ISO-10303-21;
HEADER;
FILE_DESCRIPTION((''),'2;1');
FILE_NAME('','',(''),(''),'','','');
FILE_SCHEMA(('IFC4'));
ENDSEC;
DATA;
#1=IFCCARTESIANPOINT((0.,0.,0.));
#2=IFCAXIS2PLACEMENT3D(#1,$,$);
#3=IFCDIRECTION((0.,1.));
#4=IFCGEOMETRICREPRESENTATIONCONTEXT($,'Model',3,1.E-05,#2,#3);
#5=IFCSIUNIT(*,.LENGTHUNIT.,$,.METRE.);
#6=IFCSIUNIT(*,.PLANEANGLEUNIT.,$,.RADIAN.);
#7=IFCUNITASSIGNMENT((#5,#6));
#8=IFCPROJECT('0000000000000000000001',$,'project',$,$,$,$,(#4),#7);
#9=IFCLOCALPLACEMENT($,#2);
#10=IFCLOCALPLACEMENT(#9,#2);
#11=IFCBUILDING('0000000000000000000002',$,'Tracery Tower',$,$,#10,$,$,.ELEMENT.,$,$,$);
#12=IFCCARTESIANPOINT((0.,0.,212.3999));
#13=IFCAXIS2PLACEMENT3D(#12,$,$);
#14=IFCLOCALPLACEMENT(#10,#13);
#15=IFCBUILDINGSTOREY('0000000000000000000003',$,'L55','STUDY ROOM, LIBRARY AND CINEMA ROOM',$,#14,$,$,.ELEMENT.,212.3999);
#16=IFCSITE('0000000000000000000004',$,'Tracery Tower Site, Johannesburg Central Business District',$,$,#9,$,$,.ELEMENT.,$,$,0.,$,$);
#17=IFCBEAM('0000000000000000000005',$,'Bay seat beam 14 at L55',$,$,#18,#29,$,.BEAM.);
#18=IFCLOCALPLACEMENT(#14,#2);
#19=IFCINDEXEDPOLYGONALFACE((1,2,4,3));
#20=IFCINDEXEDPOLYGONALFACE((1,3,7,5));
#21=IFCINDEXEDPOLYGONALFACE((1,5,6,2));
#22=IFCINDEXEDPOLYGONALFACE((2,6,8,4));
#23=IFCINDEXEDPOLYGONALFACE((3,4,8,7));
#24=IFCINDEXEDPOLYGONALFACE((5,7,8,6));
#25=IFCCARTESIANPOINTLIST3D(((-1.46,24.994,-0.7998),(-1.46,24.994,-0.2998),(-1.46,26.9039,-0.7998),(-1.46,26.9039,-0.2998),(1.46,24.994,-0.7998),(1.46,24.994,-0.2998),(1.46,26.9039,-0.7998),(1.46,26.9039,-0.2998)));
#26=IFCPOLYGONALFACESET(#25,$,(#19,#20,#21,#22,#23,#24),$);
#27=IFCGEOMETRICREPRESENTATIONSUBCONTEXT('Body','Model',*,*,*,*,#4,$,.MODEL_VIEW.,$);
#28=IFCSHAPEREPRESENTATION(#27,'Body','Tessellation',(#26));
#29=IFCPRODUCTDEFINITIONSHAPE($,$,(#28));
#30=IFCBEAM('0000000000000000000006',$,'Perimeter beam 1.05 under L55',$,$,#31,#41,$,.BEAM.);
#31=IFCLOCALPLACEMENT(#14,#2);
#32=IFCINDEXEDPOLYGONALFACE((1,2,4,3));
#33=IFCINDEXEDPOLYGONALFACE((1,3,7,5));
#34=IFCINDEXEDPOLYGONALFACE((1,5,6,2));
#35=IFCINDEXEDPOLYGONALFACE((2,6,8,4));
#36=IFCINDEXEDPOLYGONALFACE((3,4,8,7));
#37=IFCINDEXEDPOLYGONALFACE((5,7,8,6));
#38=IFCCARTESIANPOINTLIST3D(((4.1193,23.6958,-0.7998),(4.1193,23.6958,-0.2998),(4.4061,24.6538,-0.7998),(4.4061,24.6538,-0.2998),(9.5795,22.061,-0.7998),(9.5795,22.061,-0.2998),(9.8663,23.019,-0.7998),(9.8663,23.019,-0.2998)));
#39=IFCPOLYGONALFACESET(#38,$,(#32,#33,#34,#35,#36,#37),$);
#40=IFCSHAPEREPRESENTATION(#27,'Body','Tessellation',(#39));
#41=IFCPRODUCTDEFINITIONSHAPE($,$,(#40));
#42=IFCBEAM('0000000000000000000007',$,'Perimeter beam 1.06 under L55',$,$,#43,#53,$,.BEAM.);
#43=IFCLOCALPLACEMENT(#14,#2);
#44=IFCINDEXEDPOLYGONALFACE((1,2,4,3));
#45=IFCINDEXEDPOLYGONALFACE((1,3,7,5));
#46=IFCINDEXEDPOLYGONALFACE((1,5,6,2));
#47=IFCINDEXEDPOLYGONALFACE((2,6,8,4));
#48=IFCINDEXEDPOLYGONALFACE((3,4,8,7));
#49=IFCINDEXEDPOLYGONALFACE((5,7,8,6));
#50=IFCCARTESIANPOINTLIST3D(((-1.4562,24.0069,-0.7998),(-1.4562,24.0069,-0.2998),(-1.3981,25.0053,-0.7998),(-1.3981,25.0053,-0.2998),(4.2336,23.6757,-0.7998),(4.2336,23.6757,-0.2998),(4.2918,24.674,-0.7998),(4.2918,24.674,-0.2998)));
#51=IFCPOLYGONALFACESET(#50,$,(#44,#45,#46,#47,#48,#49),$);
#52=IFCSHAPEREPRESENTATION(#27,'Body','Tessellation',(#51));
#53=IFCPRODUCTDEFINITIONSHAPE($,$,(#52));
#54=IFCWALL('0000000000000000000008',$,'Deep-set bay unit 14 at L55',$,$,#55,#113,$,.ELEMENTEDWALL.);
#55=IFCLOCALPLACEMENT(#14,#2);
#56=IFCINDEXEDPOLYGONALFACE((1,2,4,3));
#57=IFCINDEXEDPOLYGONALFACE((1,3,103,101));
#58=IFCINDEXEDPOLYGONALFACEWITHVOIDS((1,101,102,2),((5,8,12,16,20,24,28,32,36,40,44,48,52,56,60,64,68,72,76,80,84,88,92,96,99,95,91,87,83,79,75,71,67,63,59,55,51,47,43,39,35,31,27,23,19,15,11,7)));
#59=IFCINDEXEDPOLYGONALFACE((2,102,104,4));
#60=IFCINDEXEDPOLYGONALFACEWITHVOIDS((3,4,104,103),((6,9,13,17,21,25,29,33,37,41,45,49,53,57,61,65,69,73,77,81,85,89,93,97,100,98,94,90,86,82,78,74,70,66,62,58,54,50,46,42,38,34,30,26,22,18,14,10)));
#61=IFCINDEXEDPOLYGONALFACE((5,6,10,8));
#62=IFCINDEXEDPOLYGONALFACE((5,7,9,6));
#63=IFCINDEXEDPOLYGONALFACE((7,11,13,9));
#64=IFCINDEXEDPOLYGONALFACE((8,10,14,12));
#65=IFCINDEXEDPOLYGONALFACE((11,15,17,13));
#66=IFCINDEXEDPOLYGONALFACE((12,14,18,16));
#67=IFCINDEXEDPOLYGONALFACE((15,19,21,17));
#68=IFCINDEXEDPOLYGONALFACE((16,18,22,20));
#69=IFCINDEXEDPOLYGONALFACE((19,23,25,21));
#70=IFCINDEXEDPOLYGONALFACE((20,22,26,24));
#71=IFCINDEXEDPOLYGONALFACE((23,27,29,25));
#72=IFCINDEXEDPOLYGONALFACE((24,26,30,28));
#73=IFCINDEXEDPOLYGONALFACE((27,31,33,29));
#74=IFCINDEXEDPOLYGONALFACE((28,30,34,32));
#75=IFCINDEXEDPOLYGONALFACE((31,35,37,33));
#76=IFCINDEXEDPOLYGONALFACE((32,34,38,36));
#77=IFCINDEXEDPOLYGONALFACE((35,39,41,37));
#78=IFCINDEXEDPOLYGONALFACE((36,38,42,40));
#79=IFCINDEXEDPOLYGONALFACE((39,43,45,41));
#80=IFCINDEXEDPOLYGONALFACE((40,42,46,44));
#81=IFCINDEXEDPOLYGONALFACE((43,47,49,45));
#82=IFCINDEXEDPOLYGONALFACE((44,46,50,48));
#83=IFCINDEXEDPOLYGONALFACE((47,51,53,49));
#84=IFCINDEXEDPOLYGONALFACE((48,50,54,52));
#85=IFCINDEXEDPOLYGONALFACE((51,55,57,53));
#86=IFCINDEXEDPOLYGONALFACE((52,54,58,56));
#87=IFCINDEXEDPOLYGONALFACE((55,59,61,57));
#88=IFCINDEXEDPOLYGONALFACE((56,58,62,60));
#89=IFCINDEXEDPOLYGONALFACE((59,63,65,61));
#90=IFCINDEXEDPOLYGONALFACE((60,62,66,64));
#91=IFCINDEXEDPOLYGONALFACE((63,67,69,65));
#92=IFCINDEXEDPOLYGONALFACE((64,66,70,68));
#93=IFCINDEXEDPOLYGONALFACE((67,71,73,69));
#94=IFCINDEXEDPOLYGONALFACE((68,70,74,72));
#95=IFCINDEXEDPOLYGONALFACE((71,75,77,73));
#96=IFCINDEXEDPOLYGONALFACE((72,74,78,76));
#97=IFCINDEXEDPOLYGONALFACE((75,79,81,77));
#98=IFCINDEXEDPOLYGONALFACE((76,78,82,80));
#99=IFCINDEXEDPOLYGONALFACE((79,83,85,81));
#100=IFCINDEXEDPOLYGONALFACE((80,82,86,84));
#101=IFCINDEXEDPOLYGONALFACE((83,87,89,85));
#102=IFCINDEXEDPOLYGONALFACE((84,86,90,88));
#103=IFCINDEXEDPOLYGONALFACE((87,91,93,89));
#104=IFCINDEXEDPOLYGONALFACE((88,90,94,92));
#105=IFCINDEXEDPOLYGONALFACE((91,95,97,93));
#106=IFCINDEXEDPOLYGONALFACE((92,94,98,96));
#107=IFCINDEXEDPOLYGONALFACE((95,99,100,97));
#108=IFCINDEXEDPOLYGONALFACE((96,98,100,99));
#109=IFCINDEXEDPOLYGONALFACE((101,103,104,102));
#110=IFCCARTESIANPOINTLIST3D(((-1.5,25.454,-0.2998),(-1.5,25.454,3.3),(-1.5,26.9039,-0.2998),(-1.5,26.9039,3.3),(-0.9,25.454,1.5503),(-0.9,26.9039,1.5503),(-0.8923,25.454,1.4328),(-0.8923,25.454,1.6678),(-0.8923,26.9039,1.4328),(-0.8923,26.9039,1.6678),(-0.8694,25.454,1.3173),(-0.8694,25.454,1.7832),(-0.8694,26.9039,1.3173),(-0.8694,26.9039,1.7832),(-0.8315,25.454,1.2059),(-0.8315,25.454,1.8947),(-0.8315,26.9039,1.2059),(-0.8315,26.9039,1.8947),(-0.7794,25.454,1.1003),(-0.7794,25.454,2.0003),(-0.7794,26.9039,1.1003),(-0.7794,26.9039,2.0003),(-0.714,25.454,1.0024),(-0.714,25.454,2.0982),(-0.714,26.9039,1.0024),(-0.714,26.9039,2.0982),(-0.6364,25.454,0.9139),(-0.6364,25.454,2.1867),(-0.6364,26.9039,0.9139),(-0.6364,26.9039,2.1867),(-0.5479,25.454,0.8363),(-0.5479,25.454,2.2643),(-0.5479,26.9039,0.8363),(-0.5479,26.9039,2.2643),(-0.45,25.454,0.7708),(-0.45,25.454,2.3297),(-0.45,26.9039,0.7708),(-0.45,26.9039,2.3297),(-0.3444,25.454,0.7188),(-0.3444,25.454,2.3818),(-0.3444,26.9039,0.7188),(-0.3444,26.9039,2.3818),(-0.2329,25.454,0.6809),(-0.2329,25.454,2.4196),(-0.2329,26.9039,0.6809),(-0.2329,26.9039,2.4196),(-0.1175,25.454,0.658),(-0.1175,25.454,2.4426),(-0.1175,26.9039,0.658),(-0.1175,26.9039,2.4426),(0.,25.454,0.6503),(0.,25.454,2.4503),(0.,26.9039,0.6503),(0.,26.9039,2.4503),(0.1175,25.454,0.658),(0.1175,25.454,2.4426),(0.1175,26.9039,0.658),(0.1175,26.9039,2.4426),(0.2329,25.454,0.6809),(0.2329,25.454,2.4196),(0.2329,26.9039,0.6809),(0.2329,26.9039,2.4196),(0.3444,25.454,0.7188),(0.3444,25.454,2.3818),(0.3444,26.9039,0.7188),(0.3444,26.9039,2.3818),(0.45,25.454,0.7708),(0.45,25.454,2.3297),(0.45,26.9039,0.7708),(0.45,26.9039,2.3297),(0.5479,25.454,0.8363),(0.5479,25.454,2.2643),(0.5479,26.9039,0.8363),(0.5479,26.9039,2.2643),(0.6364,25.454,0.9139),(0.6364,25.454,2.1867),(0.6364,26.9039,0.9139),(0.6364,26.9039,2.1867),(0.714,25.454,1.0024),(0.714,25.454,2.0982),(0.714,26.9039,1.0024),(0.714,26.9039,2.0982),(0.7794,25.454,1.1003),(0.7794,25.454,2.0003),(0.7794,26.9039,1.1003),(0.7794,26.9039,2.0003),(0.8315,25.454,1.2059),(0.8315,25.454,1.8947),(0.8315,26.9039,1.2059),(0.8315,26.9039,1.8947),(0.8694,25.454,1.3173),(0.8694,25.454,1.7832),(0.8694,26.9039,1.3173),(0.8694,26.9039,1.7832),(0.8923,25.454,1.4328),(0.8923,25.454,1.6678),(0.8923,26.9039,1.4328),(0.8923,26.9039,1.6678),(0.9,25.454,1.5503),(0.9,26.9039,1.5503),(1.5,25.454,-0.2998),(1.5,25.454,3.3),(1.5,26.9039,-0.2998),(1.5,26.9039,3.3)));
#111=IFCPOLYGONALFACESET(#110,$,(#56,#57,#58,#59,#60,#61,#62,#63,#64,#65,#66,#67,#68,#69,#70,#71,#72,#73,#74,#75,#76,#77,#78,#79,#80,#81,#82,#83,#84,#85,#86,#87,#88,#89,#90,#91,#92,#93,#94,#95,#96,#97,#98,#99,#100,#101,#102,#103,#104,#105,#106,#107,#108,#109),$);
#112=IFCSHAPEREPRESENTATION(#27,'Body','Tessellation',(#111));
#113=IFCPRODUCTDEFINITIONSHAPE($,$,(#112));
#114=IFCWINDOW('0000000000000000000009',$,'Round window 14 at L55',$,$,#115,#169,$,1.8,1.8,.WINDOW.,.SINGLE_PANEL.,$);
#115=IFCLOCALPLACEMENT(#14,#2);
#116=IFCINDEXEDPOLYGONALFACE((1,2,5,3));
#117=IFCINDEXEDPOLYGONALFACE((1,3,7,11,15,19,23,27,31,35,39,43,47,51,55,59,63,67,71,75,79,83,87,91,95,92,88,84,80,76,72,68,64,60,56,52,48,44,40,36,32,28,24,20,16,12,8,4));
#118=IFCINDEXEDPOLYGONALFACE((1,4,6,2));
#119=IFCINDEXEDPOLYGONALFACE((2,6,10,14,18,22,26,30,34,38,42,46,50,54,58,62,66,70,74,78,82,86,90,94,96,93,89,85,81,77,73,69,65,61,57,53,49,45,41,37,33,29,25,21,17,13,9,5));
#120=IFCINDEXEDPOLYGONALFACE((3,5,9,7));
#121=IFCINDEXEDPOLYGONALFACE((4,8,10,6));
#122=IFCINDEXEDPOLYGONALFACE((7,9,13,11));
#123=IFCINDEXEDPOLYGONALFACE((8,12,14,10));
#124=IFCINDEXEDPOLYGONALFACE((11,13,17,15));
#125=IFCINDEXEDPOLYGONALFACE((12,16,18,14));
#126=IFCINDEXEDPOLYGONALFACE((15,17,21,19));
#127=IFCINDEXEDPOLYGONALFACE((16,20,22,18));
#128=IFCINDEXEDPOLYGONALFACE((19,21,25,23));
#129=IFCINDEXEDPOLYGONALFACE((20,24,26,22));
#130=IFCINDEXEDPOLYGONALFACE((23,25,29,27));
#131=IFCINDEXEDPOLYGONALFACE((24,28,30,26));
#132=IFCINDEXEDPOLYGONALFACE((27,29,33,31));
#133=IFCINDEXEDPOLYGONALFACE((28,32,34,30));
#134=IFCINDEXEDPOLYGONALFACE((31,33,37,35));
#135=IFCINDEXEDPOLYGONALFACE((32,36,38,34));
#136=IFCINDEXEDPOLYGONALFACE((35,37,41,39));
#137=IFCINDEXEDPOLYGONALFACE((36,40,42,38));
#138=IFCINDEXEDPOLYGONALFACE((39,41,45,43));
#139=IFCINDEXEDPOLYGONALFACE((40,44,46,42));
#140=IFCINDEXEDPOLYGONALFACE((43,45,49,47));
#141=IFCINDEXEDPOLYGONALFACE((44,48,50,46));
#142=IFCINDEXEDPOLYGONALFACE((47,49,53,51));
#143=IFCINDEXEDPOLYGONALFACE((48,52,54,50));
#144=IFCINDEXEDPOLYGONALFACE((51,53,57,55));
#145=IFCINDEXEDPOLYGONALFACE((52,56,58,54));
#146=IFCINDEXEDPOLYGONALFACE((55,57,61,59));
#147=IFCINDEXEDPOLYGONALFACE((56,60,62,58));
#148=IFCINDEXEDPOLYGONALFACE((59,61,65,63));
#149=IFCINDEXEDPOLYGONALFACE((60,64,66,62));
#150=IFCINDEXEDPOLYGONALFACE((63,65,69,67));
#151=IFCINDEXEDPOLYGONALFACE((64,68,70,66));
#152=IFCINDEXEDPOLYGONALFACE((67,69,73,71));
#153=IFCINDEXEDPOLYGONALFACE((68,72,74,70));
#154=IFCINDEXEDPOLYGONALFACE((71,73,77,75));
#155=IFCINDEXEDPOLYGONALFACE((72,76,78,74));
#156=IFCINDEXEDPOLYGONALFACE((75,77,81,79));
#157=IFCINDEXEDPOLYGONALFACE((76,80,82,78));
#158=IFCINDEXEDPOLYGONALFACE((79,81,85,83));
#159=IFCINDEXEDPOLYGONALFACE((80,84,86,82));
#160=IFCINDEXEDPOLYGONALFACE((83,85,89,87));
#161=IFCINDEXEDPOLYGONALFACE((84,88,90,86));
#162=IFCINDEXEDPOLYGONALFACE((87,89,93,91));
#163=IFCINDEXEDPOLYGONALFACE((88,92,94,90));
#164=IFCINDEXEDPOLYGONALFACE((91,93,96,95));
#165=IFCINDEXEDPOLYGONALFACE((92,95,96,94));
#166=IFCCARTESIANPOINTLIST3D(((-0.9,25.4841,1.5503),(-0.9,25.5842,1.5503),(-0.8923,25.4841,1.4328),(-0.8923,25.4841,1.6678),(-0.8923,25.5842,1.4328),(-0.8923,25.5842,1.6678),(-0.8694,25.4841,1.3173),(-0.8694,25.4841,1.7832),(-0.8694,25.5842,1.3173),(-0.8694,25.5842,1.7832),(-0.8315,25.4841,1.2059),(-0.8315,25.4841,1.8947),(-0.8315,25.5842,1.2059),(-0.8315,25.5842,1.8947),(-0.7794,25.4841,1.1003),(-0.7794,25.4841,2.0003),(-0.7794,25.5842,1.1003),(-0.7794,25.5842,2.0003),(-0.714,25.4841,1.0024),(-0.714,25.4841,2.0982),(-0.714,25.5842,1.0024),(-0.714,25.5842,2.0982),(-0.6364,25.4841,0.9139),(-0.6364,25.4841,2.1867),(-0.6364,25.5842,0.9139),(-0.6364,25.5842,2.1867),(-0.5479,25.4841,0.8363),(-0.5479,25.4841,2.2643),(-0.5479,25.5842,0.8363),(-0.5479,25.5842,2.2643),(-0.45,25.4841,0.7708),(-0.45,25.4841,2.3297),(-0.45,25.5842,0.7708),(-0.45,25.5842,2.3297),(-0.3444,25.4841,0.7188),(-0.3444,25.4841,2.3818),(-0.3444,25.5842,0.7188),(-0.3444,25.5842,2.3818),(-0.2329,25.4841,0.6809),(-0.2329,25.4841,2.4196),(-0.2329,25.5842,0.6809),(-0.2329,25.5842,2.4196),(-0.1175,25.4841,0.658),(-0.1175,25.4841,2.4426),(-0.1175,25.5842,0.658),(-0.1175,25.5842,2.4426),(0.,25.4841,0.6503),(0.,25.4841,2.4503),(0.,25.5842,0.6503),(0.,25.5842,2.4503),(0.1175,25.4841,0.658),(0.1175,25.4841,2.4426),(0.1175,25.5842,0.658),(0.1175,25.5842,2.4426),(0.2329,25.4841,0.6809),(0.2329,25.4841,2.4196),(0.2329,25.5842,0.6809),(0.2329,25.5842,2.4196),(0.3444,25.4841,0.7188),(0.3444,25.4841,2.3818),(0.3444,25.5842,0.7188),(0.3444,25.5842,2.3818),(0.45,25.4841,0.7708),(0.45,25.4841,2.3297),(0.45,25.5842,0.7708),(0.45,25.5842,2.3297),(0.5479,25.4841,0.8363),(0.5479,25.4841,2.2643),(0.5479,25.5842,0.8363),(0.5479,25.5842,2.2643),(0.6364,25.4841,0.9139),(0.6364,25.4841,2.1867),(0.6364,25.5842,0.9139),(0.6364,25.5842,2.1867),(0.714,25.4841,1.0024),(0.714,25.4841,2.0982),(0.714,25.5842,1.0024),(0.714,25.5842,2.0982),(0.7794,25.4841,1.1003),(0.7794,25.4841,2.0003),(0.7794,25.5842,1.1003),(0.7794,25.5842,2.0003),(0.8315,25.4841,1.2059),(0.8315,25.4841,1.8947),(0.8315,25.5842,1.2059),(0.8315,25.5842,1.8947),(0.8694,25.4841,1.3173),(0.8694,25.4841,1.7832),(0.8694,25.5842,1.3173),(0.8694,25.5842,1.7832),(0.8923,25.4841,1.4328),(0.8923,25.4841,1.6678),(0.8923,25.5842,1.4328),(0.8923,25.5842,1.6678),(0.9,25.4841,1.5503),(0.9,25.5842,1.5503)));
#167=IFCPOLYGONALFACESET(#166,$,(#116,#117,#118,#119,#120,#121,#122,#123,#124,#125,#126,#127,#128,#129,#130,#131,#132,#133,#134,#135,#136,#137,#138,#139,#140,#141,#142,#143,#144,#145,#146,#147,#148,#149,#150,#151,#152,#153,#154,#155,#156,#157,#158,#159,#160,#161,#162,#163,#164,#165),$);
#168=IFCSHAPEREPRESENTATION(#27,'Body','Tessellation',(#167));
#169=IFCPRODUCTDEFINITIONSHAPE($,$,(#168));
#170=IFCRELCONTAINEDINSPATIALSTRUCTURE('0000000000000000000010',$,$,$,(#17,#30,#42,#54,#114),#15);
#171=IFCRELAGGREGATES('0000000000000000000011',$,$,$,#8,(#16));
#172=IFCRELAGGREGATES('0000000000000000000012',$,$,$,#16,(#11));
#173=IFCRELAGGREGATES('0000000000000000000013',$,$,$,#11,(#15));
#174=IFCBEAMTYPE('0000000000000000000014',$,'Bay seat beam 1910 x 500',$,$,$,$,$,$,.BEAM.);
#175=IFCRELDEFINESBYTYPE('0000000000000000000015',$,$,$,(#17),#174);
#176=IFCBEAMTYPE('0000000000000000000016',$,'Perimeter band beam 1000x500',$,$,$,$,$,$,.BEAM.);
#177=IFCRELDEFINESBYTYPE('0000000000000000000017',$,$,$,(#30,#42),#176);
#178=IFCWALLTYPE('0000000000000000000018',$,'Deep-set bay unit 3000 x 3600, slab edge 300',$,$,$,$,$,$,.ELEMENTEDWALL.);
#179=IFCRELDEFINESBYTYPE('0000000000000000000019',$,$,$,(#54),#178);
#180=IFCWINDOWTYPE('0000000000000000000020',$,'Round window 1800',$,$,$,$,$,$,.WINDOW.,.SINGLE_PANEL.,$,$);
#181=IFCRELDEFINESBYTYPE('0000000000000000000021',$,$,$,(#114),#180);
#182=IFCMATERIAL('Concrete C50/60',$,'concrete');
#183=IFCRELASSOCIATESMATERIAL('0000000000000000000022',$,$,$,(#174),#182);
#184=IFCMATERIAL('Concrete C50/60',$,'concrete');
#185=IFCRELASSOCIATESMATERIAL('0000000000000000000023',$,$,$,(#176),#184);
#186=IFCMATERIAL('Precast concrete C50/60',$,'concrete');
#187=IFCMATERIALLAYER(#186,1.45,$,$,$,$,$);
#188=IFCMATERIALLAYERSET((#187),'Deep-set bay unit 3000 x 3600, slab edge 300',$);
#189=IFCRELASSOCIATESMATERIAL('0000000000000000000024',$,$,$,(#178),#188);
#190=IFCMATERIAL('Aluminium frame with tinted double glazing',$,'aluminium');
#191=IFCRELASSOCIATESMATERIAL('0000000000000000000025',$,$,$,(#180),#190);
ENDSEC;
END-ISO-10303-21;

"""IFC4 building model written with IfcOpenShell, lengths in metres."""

from ifc_helpers import new_model, si_unit, direction, frame, frame_2d, origin, origin_2d, place, context, subcontext, project, spatial, rectangle, circle, extrude, material, layer, layer_set, material_profile, profile_set, type_object, element, fill, save


model = new_model("IFC4")

# Units and contexts
model_context = context("Model", 3, precision=1e-05, world=origin(), true_north=direction((0.0, 1.0)))
body_context = subcontext(model_context, "Body", "Model", "MODEL_VIEW")
ifc_project = project(units=[si_unit("LENGTHUNIT", "METRE"), si_unit("PLANEANGLEUNIT", "RADIAN")], contexts=[model_context])

# Site, building, storey
site_placement = place(None, origin())
site = spatial("IfcSite", under=ifc_project, at=site_placement, Name="Tracery Tower Site, Johannesburg Central Business District", CompositionType="ELEMENT", RefElevation=0.0)
building_placement = place(site_placement, origin())
building = spatial("IfcBuilding", under=site, at=building_placement, Name="Tracery Tower", CompositionType="ELEMENT")
storey_placement = place(building_placement, frame((0.0, 0.0, 212.3999)))
storey = spatial("IfcBuildingStorey", under=building, at=storey_placement, Name="L55", Description="STUDY ROOM, LIBRARY AND CINEMA ROOM", CompositionType="ELEMENT", Elevation=212.3999)

# Beams
ifc_material_1 = material(Name="Concrete C50/60", Category="concrete")
ifc_material_profile_1 = material_profile(ifc_material_1, rectangle(XDim=1.9099, YDim=0.5, at=origin_2d()), Name="RC 1910x500")
ifc_profile_set_1 = profile_set([ifc_material_profile_1], Name="Concrete C50/60")
beam_type_1 = type_object("IfcBeamType", Name="Bay seat beam 1910 x 500", PredefinedType="BEAM", material=ifc_profile_set_1)
beam_1_placement = place(storey_placement, frame((1.46, 25.949, -0.5498), z_axis=(-1.0, 0.0, 0.0), x_axis=(0.0, -1.0, 0.0)))
element("IfcBeam", 1, at=beam_1_placement, inside=storey, type_object=beam_type_1, Name="Bay seat beam 14 at L55", PredefinedType="BEAM", context=body_context, shape_type="SweptSolid", body=[
    extrude(rectangle(XDim=1.9099, YDim=0.5, at=origin_2d()), origin(), (0.0, 0.0, 1.0), 2.9199),
])
ifc_material_2 = material(Name="Concrete C50/60", Category="concrete")
ifc_material_profile_2 = material_profile(ifc_material_2, rectangle(XDim=1.0, YDim=0.5, at=origin_2d()), Name="RC 1000x500")
ifc_profile_set_2 = profile_set([ifc_material_profile_2], Name="Concrete C50/60")
beam_type_2 = type_object("IfcBeamType", Name="Perimeter band beam 1000x500", PredefinedType="BEAM", material=ifc_profile_set_2)
beam_2_placement = place(storey_placement, frame((9.7229, 22.54, -0.5498), z_axis=(-0.957985, 0.286817, 0.0), x_axis=(-0.286817, -0.957985, 0.0)))
element("IfcBeam", 2, at=beam_2_placement, inside=storey, type_object=beam_type_2, Name="Perimeter beam 1.05 under L55", PredefinedType="BEAM", context=body_context, shape_type="SweptSolid", body=[
    extrude(rectangle(XDim=1.0, YDim=0.5, at=origin_2d()), origin(), (0.0, 0.0, 1.0), 5.6997),
])
beam_3_placement = place(storey_placement, frame((4.2627, 24.1748, -0.5498), z_axis=(-0.998309, 0.058127, 0.0), x_axis=(-0.058127, -0.998309, 0.0)))
element("IfcBeam", 3, at=beam_3_placement, inside=storey, type_object=beam_type_2, Name="Perimeter beam 1.06 under L55", PredefinedType="BEAM", context=body_context, shape_type="SweptSolid", body=[
    extrude(rectangle(XDim=1.0, YDim=0.5, at=origin_2d()), origin(), (0.0, 0.0, 1.0), 5.6995),
])

# Wall, opening, window
ifc_material_3 = material(Name="Precast concrete C50/60", Category="concrete")
ifc_layer_1 = layer(ifc_material_3, 1.45)
ifc_layer_set_1 = layer_set([ifc_layer_1], Name="Deep-set bay unit 3000 x 3600, slab edge 300")
wall_type_1 = type_object("IfcWallType", Name="Deep-set bay unit 3000 x 3600, slab edge 300", PredefinedType="ELEMENTEDWALL", material=ifc_layer_set_1)
wall_1_placement = place(storey_placement, frame((1.5, 26.179, -0.2998), z_axis=(0.0, 0.0, 1.0), x_axis=(-1.0, 0.0, 0.0)))
wall_1 = element("IfcWall", 4, at=wall_1_placement, inside=storey, type_object=wall_type_1, Name="Deep-set bay unit 14 at L55", PredefinedType="ELEMENTEDWALL", context=body_context, shape_type="SweptSolid", body=[
    extrude(rectangle(XDim=3.0, YDim=1.45, at=frame_2d((1.5, 0.0))), origin(), (0.0, 0.0, 1.0), 3.5999),
])
opening_1_placement = place(wall_1_placement, frame((1.5, 0.0, 1.8501)))
opening_1 = element("IfcOpeningElement", 5, at=opening_1_placement, cuts=wall_1, PredefinedType="OPENING", context=body_context, shape_type="SweptSolid", body=[
    extrude(circle(Radius=0.9, at=origin_2d()), frame((0.0, 0.7349, 0.0), z_axis=(0.0, -1.0, 0.0), x_axis=(1.0, 0.0, 0.0)), (0.0, 0.0, 1.0), 1.47),
])
ifc_material_4 = material(Name="Aluminium frame with tinted double glazing", Category="aluminium")
window_type = type_object("IfcWindowType", Name="Round window 1800", PartitioningType="SINGLE_PANEL", PredefinedType="WINDOW", material=ifc_material_4)
window_1_placement = place(opening_1_placement, origin())
window_1 = element("IfcWindow", 6, at=window_1_placement, inside=storey, type_object=window_type, Name="Round window 14 at L55", OverallHeight=1.8, OverallWidth=1.8, PartitioningType="SINGLE_PANEL", PredefinedType="WINDOW", context=body_context, shape_type="SweptSolid", body=[
    extrude(circle(Radius=0.9, at=origin_2d()), frame((0.0, 0.6948, 0.0), z_axis=(0.0, -1.0, 0.0), x_axis=(1.0, 0.0, 0.0)), (0.0, 0.0, 1.0), 0.1001),
])
fill(opening_1, window_1)

save(model, "model.ifc")
